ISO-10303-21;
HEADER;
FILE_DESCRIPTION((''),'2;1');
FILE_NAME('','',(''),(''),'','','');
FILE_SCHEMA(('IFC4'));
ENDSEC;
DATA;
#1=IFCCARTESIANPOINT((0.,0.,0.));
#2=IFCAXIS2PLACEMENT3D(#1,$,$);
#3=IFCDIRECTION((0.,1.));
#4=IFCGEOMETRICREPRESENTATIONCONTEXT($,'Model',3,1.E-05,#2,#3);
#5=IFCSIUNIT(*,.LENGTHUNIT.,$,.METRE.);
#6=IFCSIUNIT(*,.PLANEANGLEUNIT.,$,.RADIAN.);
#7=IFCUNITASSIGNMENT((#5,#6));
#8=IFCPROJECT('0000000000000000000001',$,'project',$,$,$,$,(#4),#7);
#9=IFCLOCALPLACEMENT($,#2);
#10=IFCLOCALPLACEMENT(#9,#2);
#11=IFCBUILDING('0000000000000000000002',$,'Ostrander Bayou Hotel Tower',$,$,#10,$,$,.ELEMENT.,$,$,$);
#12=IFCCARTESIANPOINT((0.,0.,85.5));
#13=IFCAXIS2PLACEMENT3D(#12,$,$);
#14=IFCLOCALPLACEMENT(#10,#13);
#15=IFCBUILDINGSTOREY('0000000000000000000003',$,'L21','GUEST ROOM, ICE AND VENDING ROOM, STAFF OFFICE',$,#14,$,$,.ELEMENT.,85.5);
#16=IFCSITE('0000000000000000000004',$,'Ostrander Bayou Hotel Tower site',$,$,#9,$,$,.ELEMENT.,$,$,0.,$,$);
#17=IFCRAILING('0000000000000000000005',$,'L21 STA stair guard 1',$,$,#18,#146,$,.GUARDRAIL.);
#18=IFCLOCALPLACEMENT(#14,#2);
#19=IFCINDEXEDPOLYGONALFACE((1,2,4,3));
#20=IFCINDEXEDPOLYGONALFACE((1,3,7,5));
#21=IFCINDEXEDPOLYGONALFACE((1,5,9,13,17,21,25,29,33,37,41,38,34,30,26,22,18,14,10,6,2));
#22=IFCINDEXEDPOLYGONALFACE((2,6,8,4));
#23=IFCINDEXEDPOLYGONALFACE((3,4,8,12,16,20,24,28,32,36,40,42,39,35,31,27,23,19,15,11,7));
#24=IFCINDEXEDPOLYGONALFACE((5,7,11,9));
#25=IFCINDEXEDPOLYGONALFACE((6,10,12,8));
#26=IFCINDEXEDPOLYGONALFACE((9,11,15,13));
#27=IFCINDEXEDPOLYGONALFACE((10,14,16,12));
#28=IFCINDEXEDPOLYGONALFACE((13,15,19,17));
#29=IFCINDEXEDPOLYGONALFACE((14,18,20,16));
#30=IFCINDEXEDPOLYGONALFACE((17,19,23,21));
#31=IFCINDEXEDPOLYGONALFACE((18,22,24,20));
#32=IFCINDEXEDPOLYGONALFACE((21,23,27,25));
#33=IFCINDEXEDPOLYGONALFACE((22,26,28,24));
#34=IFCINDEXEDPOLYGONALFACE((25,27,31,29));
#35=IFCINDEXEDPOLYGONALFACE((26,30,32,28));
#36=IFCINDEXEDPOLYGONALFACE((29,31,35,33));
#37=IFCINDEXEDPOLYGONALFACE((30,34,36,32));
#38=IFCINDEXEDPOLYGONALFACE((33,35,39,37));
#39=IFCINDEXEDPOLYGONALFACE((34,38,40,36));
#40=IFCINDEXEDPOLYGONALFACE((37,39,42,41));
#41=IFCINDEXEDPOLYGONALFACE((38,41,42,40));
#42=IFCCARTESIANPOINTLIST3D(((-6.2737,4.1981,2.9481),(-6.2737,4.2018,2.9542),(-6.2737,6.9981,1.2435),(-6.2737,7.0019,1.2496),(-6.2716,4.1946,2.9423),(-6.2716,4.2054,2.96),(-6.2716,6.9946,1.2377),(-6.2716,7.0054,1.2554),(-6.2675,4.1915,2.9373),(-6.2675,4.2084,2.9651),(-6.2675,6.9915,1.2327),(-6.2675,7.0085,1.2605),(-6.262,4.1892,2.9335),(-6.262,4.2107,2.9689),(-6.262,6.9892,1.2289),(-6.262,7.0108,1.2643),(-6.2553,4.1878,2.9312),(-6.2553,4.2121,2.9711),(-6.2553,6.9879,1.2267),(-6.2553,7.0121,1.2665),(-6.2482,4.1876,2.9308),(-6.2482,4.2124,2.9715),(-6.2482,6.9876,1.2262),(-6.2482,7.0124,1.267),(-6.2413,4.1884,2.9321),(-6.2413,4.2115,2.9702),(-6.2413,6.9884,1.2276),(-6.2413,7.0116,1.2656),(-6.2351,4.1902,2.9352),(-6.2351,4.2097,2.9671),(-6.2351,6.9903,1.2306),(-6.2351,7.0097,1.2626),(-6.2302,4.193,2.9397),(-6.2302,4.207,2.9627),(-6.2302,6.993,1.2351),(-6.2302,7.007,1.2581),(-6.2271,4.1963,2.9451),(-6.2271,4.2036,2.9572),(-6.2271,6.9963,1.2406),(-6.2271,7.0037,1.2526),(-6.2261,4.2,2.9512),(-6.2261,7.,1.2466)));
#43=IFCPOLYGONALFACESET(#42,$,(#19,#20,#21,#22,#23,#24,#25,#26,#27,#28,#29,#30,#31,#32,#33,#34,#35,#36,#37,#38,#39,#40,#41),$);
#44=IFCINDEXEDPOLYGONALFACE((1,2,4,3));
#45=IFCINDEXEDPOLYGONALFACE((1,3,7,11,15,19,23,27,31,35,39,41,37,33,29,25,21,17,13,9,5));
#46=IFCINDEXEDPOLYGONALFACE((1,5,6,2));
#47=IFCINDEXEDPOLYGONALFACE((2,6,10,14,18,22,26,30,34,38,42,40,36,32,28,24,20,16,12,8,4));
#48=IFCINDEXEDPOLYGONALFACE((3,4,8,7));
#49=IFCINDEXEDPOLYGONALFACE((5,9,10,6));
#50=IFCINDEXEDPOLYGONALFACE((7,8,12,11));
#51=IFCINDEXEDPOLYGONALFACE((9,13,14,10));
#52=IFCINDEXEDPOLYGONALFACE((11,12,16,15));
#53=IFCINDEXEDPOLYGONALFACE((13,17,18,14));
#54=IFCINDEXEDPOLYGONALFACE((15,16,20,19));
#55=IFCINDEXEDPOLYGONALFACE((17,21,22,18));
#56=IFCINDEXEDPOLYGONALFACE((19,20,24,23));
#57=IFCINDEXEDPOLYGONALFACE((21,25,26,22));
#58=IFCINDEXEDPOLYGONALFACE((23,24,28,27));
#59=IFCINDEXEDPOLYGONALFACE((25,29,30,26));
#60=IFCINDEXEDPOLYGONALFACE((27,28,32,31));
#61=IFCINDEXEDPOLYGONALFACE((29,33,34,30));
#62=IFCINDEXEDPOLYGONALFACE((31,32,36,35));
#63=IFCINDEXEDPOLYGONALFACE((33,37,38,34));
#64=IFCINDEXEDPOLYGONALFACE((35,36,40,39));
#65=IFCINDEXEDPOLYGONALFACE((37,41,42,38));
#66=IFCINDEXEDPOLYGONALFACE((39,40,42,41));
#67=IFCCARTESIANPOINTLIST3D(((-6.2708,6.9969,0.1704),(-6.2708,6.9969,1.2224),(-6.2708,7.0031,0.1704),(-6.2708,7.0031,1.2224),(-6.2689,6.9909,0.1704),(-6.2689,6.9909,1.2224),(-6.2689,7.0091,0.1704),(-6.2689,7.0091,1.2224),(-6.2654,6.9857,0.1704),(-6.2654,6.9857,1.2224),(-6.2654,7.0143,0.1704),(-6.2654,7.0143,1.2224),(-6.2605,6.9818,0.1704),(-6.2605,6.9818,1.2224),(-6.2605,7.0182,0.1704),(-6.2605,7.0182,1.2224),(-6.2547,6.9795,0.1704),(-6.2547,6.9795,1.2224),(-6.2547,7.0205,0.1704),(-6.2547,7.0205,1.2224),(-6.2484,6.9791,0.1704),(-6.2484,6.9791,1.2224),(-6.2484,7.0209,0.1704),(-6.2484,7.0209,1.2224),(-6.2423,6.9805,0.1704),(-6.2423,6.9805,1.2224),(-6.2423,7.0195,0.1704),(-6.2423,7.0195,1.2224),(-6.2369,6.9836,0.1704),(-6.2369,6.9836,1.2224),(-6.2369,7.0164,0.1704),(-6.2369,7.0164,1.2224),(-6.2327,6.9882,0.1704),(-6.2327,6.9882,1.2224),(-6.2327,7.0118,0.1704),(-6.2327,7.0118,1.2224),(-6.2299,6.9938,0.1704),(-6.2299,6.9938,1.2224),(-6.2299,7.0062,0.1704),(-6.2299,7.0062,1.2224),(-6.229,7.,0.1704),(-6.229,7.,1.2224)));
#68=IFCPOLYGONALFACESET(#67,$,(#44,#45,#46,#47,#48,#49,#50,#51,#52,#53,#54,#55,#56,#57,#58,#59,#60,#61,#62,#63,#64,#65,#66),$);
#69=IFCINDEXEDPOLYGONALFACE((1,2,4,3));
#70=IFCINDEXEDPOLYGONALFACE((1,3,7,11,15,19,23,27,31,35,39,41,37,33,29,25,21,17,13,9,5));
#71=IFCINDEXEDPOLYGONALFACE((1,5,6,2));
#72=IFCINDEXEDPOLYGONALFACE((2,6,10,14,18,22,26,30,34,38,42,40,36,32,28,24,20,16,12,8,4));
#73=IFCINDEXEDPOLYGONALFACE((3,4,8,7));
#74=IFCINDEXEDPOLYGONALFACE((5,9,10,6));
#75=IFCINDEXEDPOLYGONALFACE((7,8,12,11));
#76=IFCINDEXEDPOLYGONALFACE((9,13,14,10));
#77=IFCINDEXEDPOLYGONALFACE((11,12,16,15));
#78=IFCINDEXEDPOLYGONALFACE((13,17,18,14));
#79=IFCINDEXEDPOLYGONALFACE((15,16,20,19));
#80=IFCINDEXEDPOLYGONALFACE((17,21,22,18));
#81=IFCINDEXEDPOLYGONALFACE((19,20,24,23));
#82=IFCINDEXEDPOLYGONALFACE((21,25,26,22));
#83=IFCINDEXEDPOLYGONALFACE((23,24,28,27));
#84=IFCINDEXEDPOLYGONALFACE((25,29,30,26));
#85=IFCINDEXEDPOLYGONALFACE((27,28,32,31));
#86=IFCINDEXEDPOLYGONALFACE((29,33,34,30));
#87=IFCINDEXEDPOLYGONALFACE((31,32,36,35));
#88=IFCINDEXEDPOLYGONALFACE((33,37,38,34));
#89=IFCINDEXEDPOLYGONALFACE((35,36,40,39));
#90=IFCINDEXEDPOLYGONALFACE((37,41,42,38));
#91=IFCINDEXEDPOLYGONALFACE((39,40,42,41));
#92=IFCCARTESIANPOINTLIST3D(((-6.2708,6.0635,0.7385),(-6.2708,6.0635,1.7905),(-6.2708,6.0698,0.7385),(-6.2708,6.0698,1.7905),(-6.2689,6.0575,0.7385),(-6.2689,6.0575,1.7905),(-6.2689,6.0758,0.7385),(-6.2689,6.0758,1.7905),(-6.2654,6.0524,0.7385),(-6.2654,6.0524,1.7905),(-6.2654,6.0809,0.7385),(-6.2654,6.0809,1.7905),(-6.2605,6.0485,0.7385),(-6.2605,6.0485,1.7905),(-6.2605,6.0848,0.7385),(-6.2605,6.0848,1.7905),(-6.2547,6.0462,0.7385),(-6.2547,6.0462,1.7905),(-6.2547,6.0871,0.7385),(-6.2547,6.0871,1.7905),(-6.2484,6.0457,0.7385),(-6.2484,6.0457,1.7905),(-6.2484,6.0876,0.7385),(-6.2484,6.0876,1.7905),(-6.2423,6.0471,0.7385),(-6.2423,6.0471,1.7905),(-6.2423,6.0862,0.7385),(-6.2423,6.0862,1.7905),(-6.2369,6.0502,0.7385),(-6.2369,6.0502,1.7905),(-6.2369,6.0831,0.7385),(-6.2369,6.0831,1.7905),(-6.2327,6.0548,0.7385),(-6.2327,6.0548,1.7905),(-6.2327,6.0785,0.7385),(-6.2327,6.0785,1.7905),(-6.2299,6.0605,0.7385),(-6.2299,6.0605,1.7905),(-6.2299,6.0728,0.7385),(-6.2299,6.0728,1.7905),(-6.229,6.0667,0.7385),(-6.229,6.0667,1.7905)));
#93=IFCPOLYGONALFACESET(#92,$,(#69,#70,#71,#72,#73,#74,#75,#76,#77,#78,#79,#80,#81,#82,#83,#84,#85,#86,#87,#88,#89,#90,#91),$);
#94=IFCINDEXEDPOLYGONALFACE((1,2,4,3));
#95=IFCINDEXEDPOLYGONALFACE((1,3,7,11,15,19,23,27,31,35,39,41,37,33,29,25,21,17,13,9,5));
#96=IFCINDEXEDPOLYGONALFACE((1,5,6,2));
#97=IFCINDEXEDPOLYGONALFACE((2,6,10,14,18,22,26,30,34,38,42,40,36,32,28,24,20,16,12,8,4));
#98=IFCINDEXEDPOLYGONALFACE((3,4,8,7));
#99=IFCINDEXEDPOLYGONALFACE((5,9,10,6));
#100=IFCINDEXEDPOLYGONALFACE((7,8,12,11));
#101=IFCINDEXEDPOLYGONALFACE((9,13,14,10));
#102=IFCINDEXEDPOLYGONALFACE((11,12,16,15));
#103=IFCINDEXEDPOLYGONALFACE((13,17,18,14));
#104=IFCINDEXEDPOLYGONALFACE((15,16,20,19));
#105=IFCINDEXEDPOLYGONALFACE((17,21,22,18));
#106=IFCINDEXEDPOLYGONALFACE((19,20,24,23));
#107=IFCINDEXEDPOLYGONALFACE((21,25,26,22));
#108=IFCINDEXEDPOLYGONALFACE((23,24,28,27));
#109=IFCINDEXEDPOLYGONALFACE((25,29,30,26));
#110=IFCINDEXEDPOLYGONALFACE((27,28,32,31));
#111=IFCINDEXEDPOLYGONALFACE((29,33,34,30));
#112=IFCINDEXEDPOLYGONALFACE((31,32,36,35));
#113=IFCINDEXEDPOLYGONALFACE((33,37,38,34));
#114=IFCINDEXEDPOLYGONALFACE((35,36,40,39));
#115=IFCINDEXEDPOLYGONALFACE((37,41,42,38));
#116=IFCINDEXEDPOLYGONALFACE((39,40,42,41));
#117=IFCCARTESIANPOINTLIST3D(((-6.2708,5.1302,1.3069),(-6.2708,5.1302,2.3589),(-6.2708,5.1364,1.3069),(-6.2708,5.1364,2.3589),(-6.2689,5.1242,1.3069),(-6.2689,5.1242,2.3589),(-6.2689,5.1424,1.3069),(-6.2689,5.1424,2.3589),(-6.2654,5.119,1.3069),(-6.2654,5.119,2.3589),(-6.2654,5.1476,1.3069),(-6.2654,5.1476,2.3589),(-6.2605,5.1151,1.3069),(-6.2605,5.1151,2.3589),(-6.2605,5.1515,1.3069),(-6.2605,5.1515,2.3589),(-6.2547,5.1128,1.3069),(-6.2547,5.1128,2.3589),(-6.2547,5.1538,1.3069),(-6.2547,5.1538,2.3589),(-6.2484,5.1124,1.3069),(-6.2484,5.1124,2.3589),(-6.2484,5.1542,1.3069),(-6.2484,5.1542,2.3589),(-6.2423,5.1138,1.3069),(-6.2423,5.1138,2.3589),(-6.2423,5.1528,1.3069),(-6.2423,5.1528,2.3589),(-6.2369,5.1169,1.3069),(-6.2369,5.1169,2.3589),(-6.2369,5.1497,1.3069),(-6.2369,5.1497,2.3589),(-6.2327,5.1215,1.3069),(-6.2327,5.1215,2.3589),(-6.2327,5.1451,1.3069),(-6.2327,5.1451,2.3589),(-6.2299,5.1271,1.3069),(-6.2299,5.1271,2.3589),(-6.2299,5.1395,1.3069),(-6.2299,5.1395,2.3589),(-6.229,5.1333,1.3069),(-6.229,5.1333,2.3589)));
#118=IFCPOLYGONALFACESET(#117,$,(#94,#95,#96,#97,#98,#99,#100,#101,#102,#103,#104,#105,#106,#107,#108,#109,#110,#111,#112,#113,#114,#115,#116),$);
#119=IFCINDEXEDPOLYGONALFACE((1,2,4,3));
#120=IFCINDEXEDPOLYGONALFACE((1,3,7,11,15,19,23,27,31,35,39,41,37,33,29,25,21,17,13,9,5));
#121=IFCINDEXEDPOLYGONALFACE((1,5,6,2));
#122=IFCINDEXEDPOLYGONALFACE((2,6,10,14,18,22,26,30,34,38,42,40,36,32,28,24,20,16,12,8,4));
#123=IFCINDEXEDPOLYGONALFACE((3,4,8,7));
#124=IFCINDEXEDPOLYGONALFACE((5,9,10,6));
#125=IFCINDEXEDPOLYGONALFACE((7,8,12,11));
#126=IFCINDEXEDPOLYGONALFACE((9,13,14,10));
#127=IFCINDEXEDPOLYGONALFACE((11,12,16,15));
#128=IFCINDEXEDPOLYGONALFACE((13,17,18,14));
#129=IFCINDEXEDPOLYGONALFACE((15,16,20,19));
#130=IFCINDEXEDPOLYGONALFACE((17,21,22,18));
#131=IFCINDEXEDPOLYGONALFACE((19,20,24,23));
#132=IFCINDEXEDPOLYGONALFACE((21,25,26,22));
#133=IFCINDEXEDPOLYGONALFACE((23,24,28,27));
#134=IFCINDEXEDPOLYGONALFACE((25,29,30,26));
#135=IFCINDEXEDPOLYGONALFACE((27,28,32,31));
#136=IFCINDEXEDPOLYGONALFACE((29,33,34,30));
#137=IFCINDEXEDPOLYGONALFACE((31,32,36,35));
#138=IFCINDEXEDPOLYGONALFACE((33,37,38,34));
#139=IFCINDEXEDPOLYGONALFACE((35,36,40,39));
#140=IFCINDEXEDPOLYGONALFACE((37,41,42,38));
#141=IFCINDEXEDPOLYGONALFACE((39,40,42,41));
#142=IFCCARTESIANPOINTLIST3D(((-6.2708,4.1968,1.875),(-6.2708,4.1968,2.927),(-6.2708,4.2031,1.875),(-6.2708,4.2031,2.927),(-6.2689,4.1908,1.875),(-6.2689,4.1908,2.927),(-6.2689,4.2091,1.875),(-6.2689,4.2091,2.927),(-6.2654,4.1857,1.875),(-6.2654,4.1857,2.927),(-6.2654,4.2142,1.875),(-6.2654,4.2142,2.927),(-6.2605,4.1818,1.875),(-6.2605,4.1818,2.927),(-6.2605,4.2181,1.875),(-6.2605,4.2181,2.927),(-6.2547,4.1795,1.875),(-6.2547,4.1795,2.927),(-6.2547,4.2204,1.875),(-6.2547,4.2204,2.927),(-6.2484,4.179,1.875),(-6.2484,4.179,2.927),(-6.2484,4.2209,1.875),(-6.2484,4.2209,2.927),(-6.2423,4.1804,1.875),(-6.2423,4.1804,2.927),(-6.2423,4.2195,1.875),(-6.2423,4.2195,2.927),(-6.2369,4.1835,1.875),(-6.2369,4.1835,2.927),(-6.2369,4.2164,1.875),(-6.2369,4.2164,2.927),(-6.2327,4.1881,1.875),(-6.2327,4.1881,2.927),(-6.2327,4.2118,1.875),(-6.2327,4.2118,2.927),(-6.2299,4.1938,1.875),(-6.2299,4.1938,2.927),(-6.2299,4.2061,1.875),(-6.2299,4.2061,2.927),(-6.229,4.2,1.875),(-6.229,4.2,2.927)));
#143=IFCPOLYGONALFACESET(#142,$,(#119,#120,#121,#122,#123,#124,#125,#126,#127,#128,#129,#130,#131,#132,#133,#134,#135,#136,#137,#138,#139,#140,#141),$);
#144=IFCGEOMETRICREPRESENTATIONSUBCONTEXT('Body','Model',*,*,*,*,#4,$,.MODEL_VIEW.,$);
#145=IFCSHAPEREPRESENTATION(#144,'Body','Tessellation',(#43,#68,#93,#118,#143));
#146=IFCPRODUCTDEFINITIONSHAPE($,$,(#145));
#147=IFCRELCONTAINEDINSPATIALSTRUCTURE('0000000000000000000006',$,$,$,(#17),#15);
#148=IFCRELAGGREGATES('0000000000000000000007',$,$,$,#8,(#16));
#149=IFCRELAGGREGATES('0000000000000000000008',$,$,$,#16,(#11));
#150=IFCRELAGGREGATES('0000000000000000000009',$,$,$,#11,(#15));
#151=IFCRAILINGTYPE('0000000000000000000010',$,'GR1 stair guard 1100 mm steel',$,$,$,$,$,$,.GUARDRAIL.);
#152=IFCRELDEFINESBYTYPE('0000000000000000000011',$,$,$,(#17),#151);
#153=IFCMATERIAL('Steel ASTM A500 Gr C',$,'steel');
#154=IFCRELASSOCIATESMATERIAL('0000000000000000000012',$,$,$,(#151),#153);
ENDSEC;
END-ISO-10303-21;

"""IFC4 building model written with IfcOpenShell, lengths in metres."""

from ifc_helpers import new_model, si_unit, direction, frame, origin, origin_2d, place, context, subcontext, project, spatial, circle, extrude, material, type_object, element, save


model = new_model("IFC4")

# Units and contexts
model_context = context("Model", 3, precision=1e-05, world=origin(), true_north=direction((0.0, 1.0)))
body_context = subcontext(model_context, "Body", "Model", "MODEL_VIEW")
ifc_project = project(units=[si_unit("LENGTHUNIT", "METRE"), si_unit("PLANEANGLEUNIT", "RADIAN")], contexts=[model_context])

# Site, building, storey
site_placement = place(None, origin())
site = spatial("IfcSite", under=ifc_project, at=site_placement, Name="Ostrander Bayou Hotel Tower site", CompositionType="ELEMENT", RefElevation=0.0)
building_placement = place(site_placement, origin())
building = spatial("IfcBuilding", under=site, at=building_placement, Name="Ostrander Bayou Hotel Tower", CompositionType="ELEMENT")
storey_placement = place(building_placement, frame((0.0, 0.0, 85.5)))
storey = spatial("IfcBuildingStorey", under=building, at=storey_placement, Name="L21", Description="GUEST ROOM, ICE AND VENDING ROOM, STAFF OFFICE", CompositionType="ELEMENT", Elevation=85.5)

# Railing
ifc_material_1 = material(Name="Steel ASTM A500 Gr C", Category="steel")
railing_type_1 = type_object("IfcRailingType", Name="GR1 stair guard 1100 mm steel", PredefinedType="GUARDRAIL", material=ifc_material_1)
railing_1_placement = place(storey_placement, frame((-6.25, 7.0, 0.1704)))
element("IfcRailing", 1, at=railing_1_placement, inside=storey, type_object=railing_type_1, Name="L21 STA stair guard 1", PredefinedType="GUARDRAIL", context=body_context, shape_type="SweptSolid", body=[
    extrude(circle(Radius=0.0239, at=origin_2d()), frame((0.0, 0.0, 1.0762), z_axis=(0.0, -0.85417, 0.519994), x_axis=(1.0, 0.0, 0.0)), (0.0, 0.0, 1.0), 3.2781),
    extrude(circle(Radius=0.021, at=origin_2d()), origin(), (0.0, 0.0, 1.0), 1.052),
    extrude(circle(Radius=0.021, at=origin_2d()), frame((0.0, -0.9333, 0.5681)), (0.0, 0.0, 1.0), 1.052),
    extrude(circle(Radius=0.021, at=origin_2d()), frame((0.0, -1.8667, 1.1365)), (0.0, 0.0, 1.0), 1.052),
    extrude(circle(Radius=0.021, at=origin_2d()), frame((0.0, -2.8, 1.7046)), (0.0, 0.0, 1.0), 1.052),
])

save(model, "model.ifc")
